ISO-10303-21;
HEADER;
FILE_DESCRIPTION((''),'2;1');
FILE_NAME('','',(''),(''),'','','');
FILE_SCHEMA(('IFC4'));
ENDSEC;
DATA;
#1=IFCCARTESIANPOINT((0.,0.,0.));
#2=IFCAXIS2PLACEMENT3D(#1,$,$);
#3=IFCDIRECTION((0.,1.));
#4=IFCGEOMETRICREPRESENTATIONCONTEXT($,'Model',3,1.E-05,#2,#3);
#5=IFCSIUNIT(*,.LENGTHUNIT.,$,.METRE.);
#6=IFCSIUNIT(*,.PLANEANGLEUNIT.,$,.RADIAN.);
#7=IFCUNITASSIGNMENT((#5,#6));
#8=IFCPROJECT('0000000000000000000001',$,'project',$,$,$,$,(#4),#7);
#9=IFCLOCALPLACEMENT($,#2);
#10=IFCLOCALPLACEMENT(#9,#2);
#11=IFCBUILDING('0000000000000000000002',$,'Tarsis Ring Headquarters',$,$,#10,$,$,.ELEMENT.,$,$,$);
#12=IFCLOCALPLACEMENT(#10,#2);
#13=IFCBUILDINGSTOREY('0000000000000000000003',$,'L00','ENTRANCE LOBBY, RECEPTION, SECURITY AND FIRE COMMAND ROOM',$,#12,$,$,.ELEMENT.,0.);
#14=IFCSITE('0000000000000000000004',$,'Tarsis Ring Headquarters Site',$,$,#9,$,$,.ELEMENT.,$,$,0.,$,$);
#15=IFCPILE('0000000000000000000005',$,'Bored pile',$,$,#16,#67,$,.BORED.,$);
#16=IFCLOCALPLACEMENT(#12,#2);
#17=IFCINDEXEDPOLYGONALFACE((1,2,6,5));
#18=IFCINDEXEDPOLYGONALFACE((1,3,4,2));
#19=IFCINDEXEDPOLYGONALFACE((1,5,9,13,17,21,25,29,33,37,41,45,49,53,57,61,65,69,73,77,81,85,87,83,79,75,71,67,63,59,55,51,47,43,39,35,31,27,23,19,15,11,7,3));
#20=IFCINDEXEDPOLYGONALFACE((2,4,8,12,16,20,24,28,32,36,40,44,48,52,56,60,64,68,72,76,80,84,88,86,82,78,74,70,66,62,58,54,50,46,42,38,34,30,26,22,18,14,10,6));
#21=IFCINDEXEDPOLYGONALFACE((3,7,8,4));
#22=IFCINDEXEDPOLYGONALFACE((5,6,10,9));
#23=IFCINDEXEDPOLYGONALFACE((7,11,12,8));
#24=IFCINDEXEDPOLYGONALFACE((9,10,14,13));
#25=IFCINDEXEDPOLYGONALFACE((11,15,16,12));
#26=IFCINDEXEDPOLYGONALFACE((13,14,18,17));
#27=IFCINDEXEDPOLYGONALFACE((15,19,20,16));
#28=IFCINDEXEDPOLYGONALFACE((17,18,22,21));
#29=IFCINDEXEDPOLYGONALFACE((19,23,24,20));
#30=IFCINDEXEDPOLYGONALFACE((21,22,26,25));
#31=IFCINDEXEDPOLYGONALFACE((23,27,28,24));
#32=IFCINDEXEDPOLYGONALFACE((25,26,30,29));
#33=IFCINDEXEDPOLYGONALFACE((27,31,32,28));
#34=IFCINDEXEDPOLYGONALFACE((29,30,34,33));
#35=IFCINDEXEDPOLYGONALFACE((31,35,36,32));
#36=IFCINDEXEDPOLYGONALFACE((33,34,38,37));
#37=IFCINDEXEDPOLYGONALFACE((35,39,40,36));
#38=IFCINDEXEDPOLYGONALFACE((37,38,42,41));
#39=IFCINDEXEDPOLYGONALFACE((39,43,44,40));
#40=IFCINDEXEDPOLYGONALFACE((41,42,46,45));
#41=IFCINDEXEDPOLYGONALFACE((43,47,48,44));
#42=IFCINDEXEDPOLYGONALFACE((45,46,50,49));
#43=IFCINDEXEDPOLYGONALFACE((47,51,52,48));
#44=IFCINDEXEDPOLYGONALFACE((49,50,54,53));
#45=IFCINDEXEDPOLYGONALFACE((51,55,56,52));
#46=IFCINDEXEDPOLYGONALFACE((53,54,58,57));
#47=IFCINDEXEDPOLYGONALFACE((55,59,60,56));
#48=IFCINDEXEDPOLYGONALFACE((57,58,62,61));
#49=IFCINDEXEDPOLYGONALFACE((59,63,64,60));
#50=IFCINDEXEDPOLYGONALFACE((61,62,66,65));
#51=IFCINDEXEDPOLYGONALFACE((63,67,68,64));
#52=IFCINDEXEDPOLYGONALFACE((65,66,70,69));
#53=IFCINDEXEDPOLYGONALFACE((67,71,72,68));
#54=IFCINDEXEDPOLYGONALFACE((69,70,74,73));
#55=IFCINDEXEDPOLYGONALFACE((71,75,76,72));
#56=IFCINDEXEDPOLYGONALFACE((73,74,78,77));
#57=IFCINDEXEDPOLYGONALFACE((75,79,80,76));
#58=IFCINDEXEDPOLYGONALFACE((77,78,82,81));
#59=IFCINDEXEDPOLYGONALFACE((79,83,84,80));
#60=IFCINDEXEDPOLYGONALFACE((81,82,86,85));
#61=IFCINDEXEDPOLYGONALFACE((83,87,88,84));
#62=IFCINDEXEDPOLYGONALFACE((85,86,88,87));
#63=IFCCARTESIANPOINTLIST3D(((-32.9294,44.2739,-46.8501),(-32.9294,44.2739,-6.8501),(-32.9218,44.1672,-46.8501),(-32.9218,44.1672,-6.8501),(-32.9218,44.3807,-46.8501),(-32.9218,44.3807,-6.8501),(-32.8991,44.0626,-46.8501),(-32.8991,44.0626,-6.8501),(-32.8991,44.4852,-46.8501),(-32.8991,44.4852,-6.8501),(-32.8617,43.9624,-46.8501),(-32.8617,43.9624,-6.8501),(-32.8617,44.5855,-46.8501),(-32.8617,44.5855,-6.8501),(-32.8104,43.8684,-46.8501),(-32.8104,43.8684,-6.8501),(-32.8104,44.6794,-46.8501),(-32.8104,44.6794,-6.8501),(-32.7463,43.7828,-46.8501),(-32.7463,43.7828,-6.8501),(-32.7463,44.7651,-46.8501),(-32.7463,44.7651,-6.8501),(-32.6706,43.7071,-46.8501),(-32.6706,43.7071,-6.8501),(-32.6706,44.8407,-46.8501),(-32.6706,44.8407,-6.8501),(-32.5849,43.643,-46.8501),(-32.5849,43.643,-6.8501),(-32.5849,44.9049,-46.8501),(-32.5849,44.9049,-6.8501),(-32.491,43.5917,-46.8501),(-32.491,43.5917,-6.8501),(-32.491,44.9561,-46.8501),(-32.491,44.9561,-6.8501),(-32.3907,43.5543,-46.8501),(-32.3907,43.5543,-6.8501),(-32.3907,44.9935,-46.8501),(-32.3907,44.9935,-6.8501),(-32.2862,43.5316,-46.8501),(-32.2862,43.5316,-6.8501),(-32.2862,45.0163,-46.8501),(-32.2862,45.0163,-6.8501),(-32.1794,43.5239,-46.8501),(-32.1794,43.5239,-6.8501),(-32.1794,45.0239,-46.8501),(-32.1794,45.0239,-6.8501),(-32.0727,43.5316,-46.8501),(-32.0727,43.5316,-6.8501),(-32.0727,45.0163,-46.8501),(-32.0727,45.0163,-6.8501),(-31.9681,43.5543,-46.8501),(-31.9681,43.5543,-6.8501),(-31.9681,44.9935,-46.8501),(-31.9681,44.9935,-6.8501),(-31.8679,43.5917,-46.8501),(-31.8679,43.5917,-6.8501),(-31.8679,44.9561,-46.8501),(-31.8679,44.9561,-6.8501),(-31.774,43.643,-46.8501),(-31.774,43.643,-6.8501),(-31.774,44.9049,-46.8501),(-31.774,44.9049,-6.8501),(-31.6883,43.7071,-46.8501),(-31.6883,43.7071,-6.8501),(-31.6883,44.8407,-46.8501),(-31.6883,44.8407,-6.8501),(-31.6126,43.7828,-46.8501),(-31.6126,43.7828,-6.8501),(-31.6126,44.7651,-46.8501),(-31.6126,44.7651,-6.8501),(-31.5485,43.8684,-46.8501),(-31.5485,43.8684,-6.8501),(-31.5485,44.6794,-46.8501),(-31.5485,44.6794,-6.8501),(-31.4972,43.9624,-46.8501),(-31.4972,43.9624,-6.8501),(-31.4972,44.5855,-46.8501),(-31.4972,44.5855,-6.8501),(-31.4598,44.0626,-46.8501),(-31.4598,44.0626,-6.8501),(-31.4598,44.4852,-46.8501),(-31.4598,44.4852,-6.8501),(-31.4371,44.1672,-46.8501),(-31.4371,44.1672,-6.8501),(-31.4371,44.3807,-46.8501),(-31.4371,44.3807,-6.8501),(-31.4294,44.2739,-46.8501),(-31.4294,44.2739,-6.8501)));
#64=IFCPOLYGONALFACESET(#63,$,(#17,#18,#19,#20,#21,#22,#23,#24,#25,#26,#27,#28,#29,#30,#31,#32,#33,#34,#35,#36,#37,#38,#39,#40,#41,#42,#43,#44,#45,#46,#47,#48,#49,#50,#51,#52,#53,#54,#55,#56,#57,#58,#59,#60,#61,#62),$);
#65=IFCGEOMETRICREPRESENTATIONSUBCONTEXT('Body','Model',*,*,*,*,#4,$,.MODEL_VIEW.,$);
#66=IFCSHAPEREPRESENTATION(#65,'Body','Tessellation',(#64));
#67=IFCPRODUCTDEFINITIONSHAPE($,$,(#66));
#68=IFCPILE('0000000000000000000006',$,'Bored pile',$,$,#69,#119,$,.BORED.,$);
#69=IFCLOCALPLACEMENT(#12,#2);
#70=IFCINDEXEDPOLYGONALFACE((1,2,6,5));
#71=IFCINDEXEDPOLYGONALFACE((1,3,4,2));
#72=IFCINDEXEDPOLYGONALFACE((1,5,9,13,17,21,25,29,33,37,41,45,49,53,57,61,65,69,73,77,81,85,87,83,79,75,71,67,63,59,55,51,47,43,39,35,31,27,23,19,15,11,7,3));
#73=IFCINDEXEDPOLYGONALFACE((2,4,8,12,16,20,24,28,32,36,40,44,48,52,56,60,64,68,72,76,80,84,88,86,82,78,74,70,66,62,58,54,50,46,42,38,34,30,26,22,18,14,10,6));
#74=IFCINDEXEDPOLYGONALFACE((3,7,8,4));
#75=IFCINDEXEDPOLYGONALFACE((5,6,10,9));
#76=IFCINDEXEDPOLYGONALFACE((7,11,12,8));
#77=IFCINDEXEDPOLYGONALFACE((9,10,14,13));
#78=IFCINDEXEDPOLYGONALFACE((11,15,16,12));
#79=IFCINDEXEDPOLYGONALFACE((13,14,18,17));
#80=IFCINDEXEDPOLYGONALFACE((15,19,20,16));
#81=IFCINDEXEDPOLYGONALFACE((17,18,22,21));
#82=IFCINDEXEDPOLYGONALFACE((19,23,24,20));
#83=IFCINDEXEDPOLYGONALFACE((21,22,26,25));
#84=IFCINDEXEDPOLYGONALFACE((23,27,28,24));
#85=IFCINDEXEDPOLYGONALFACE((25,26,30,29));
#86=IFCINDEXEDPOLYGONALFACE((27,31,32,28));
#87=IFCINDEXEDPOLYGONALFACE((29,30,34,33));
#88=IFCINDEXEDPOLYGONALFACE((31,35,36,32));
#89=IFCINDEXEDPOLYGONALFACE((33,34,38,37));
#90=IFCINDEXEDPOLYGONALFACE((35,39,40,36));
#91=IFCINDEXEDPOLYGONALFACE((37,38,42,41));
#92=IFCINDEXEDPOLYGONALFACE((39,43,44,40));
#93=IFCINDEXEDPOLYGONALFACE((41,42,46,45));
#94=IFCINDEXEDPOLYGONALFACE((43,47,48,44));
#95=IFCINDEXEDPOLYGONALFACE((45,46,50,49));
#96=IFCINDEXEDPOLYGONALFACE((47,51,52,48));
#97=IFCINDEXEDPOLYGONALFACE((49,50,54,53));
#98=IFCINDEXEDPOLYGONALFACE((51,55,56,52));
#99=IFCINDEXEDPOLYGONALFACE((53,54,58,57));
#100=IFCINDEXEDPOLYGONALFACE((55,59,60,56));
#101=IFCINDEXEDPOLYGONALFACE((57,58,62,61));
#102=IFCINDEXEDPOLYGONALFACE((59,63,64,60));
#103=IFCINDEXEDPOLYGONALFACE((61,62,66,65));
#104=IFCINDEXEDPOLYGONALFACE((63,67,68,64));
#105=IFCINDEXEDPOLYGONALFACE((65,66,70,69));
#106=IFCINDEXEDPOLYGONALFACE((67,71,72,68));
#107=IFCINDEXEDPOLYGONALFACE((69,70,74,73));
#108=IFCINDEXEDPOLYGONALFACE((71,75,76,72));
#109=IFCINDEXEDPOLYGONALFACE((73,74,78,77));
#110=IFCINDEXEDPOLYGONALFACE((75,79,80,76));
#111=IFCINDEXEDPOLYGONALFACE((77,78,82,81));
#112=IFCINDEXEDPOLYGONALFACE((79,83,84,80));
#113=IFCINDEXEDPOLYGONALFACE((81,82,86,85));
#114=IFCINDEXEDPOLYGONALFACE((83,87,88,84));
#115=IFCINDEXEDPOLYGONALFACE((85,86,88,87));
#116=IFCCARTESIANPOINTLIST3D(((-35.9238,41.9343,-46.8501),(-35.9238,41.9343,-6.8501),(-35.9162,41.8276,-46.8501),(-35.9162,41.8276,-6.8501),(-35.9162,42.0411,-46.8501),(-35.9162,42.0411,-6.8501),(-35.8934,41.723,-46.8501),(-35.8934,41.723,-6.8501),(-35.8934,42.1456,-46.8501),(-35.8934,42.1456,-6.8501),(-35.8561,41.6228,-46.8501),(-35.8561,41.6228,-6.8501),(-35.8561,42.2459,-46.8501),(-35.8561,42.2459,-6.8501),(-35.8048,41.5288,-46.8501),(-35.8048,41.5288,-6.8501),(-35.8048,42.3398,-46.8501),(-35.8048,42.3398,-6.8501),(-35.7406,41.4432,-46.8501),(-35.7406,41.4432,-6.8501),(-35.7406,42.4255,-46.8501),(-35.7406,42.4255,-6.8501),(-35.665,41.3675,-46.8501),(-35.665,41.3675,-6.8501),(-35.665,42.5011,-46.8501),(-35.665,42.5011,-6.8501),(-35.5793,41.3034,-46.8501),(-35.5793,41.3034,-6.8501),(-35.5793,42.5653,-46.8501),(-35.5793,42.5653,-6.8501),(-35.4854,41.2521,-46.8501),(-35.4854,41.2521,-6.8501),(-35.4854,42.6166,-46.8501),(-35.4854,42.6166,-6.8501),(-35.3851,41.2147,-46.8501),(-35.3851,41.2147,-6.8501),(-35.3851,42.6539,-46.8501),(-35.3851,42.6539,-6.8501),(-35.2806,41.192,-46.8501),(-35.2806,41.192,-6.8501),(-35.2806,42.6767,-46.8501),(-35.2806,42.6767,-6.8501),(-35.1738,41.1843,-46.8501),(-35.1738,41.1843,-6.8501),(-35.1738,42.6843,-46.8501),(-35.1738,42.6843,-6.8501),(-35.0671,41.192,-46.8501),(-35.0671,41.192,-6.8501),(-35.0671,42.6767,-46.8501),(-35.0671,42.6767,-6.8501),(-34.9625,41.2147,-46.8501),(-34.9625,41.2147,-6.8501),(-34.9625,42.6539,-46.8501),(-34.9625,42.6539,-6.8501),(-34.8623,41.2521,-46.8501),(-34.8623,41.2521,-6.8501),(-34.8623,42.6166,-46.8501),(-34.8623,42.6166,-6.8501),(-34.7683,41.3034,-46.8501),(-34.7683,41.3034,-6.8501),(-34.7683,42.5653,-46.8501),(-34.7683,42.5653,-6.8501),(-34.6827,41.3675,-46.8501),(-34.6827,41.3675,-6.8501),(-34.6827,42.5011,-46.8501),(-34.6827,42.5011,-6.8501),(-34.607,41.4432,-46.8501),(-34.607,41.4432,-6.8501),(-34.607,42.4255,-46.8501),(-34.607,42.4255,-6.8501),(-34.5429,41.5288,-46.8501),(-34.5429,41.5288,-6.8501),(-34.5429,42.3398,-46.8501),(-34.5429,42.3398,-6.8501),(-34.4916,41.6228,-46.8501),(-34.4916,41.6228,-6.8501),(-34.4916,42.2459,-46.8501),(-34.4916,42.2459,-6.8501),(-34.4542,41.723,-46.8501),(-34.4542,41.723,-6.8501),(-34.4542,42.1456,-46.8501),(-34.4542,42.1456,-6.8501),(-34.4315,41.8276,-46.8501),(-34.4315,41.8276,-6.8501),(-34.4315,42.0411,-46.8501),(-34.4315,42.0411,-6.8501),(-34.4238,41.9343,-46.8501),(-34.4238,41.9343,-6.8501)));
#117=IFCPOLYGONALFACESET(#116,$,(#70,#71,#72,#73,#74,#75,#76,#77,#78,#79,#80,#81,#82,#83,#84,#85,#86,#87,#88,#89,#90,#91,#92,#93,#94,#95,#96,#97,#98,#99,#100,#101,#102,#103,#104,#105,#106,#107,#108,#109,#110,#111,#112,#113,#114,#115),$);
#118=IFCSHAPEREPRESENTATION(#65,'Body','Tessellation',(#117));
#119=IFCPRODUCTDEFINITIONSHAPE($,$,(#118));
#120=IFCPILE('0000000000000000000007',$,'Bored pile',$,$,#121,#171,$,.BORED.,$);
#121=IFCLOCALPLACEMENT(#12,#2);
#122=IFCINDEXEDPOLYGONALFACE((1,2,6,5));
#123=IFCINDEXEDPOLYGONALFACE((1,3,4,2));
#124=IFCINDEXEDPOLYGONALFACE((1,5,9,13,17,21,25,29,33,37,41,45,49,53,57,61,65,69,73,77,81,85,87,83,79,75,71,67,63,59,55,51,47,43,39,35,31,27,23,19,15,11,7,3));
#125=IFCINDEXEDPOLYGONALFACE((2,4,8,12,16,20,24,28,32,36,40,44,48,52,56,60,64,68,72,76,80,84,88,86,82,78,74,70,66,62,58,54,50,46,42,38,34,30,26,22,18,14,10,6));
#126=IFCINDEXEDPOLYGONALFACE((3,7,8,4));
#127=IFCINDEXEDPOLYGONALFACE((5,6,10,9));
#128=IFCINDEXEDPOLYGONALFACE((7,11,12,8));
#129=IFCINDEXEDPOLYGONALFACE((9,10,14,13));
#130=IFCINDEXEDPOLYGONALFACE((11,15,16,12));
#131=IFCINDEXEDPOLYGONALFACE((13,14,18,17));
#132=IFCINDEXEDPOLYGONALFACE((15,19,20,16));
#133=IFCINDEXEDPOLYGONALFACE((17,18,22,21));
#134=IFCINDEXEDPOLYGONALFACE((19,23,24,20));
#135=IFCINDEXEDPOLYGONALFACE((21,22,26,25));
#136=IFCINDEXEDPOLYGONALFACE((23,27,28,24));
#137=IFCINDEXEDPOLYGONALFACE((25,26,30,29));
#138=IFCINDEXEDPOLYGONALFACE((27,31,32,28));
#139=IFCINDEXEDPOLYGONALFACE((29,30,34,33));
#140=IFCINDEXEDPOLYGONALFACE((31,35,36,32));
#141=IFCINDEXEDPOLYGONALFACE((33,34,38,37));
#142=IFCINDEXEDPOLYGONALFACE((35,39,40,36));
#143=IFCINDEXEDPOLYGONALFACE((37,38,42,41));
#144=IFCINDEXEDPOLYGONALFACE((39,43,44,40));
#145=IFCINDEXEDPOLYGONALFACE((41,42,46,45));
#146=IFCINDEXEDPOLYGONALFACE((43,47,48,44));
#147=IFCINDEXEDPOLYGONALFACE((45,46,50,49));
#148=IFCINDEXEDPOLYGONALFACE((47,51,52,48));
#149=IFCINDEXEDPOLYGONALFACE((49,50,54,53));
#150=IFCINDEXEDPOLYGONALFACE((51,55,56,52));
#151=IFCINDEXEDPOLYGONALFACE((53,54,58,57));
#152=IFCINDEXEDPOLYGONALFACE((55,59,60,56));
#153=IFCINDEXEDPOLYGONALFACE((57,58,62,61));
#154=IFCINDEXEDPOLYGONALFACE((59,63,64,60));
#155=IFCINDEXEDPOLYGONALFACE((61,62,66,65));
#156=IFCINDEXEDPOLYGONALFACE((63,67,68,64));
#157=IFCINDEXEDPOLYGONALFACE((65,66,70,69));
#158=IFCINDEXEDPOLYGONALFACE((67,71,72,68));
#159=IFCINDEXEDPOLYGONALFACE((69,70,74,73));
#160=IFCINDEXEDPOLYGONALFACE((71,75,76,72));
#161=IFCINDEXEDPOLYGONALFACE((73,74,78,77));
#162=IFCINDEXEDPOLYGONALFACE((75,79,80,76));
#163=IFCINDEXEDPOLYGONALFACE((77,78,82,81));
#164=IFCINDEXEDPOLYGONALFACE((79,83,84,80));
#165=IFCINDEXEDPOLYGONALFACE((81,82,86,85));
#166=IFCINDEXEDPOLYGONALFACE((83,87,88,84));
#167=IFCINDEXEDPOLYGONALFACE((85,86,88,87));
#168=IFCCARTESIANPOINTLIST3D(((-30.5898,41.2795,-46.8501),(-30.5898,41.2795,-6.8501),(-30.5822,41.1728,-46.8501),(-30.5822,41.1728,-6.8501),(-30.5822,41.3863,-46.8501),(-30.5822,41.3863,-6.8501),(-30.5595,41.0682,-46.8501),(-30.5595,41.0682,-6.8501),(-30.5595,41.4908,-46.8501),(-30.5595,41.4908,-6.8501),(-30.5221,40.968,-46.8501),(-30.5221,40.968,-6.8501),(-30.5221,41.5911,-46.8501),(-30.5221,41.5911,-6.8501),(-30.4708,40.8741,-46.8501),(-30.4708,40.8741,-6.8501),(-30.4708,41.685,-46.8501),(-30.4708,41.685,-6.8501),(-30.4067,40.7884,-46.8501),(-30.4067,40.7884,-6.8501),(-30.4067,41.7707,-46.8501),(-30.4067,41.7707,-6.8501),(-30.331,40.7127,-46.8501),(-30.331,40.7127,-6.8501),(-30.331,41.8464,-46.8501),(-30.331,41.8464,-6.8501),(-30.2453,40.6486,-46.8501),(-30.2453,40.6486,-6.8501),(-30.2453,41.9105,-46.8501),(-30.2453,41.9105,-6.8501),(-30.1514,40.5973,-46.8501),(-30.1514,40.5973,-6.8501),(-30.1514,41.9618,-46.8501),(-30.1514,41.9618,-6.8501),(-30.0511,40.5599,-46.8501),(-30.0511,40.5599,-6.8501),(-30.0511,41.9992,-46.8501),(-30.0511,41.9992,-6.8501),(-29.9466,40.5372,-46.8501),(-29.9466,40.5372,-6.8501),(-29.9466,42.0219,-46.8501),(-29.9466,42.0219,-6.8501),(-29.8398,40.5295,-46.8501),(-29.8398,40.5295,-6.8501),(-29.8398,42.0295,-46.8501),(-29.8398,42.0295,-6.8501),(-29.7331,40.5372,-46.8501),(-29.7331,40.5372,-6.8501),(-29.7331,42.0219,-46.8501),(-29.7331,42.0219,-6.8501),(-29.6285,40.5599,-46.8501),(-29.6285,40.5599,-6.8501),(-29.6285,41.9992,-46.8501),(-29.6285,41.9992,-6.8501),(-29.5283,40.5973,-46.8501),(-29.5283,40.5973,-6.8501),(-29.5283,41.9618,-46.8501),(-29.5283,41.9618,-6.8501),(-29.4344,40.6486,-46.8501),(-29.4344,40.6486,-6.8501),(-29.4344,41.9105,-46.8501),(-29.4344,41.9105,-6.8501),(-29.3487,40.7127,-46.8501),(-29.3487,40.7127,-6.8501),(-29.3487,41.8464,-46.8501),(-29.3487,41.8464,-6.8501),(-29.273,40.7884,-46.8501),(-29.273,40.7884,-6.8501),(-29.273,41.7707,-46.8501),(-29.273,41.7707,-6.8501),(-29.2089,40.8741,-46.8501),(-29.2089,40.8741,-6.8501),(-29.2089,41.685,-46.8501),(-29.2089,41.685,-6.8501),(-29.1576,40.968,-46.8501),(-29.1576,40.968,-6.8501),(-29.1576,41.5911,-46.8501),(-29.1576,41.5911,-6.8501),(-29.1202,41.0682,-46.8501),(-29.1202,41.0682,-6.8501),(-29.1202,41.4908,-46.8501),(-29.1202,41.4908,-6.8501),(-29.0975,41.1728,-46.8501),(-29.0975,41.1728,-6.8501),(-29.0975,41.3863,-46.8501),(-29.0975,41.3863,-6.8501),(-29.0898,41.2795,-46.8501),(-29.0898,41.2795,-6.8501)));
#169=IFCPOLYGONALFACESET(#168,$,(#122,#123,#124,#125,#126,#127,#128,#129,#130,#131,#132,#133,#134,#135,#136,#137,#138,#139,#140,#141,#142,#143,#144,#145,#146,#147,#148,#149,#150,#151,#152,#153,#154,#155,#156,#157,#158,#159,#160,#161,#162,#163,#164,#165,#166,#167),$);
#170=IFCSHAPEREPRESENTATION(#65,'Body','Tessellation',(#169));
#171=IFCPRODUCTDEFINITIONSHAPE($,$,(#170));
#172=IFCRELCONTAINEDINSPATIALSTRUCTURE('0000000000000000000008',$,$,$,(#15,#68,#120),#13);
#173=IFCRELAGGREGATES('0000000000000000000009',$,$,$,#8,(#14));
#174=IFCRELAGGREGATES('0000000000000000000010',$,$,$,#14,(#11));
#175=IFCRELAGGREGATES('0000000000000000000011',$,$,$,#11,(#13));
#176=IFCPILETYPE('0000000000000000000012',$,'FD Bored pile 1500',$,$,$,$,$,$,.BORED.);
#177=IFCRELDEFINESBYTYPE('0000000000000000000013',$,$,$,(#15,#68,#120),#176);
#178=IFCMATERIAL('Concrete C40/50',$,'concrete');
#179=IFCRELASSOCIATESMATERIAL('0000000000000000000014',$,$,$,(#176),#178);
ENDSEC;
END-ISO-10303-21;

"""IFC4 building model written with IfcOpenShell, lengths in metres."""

from ifc_helpers import new_model, si_unit, direction, frame, origin, origin_2d, place, context, subcontext, project, spatial, circle, extrude, material, material_profile, profile_set, type_object, element, save


model = new_model("IFC4")

# Units and contexts
model_context = context("Model", 3, precision=1e-05, world=origin(), true_north=direction((0.0, 1.0)))
body_context = subcontext(model_context, "Body", "Model", "MODEL_VIEW")
ifc_project = project(units=[si_unit("LENGTHUNIT", "METRE"), si_unit("PLANEANGLEUNIT", "RADIAN")], contexts=[model_context])

# Site, building, storey
site_placement = place(None, origin())
site = spatial("IfcSite", under=ifc_project, at=site_placement, Name="Tarsis Ring Headquarters Site", CompositionType="ELEMENT", RefElevation=0.0)
building_placement = place(site_placement, origin())
building = spatial("IfcBuilding", under=site, at=building_placement, Name="Tarsis Ring Headquarters", CompositionType="ELEMENT")
storey_placement = place(building_placement, origin())
storey = spatial("IfcBuildingStorey", under=building, at=storey_placement, Name="L00", Description="ENTRANCE LOBBY, RECEPTION, SECURITY AND FIRE COMMAND ROOM", CompositionType="ELEMENT", Elevation=0.0)

# Piles
ifc_material_1 = material(Name="Concrete C40/50", Category="concrete")
ifc_material_profile_1 = material_profile(ifc_material_1, circle(Radius=0.75, at=origin_2d()), Name="BORED 1500")
ifc_profile_set_1 = profile_set([ifc_material_profile_1], Name="Concrete C40/50")
pile_type_1 = type_object("IfcPileType", Name="FD Bored pile 1500", PredefinedType="BORED", material=ifc_profile_set_1)
for number, where, z_axis, x_axis, name in (
    (1, (-32.1794, 44.2739, -6.8501), (0.0, 0.0, -1.0), (1.0, 0.0, 0.0), "Bored pile"),
    (2, (-35.1738, 41.9343, -6.8501), (0.0, 0.0, -1.0), (1.0, 0.0, 0.0), "Bored pile"),
    (3, (-29.8398, 41.2795, -6.8501), (0.0, 0.0, -1.0), (1.0, 0.0, 0.0), "Bored pile"),
):
    element("IfcPile", number, at=place(storey_placement, frame(where, z_axis=z_axis, x_axis=x_axis)), inside=storey, type_object=pile_type_1, Name=name, PredefinedType="BORED", context=body_context, shape_type="SweptSolid", body=[
        extrude(circle(Radius=0.75, at=origin_2d()), origin(), (0.0, 0.0, 1.0), 40.0),
    ])

save(model, "model.ifc")
